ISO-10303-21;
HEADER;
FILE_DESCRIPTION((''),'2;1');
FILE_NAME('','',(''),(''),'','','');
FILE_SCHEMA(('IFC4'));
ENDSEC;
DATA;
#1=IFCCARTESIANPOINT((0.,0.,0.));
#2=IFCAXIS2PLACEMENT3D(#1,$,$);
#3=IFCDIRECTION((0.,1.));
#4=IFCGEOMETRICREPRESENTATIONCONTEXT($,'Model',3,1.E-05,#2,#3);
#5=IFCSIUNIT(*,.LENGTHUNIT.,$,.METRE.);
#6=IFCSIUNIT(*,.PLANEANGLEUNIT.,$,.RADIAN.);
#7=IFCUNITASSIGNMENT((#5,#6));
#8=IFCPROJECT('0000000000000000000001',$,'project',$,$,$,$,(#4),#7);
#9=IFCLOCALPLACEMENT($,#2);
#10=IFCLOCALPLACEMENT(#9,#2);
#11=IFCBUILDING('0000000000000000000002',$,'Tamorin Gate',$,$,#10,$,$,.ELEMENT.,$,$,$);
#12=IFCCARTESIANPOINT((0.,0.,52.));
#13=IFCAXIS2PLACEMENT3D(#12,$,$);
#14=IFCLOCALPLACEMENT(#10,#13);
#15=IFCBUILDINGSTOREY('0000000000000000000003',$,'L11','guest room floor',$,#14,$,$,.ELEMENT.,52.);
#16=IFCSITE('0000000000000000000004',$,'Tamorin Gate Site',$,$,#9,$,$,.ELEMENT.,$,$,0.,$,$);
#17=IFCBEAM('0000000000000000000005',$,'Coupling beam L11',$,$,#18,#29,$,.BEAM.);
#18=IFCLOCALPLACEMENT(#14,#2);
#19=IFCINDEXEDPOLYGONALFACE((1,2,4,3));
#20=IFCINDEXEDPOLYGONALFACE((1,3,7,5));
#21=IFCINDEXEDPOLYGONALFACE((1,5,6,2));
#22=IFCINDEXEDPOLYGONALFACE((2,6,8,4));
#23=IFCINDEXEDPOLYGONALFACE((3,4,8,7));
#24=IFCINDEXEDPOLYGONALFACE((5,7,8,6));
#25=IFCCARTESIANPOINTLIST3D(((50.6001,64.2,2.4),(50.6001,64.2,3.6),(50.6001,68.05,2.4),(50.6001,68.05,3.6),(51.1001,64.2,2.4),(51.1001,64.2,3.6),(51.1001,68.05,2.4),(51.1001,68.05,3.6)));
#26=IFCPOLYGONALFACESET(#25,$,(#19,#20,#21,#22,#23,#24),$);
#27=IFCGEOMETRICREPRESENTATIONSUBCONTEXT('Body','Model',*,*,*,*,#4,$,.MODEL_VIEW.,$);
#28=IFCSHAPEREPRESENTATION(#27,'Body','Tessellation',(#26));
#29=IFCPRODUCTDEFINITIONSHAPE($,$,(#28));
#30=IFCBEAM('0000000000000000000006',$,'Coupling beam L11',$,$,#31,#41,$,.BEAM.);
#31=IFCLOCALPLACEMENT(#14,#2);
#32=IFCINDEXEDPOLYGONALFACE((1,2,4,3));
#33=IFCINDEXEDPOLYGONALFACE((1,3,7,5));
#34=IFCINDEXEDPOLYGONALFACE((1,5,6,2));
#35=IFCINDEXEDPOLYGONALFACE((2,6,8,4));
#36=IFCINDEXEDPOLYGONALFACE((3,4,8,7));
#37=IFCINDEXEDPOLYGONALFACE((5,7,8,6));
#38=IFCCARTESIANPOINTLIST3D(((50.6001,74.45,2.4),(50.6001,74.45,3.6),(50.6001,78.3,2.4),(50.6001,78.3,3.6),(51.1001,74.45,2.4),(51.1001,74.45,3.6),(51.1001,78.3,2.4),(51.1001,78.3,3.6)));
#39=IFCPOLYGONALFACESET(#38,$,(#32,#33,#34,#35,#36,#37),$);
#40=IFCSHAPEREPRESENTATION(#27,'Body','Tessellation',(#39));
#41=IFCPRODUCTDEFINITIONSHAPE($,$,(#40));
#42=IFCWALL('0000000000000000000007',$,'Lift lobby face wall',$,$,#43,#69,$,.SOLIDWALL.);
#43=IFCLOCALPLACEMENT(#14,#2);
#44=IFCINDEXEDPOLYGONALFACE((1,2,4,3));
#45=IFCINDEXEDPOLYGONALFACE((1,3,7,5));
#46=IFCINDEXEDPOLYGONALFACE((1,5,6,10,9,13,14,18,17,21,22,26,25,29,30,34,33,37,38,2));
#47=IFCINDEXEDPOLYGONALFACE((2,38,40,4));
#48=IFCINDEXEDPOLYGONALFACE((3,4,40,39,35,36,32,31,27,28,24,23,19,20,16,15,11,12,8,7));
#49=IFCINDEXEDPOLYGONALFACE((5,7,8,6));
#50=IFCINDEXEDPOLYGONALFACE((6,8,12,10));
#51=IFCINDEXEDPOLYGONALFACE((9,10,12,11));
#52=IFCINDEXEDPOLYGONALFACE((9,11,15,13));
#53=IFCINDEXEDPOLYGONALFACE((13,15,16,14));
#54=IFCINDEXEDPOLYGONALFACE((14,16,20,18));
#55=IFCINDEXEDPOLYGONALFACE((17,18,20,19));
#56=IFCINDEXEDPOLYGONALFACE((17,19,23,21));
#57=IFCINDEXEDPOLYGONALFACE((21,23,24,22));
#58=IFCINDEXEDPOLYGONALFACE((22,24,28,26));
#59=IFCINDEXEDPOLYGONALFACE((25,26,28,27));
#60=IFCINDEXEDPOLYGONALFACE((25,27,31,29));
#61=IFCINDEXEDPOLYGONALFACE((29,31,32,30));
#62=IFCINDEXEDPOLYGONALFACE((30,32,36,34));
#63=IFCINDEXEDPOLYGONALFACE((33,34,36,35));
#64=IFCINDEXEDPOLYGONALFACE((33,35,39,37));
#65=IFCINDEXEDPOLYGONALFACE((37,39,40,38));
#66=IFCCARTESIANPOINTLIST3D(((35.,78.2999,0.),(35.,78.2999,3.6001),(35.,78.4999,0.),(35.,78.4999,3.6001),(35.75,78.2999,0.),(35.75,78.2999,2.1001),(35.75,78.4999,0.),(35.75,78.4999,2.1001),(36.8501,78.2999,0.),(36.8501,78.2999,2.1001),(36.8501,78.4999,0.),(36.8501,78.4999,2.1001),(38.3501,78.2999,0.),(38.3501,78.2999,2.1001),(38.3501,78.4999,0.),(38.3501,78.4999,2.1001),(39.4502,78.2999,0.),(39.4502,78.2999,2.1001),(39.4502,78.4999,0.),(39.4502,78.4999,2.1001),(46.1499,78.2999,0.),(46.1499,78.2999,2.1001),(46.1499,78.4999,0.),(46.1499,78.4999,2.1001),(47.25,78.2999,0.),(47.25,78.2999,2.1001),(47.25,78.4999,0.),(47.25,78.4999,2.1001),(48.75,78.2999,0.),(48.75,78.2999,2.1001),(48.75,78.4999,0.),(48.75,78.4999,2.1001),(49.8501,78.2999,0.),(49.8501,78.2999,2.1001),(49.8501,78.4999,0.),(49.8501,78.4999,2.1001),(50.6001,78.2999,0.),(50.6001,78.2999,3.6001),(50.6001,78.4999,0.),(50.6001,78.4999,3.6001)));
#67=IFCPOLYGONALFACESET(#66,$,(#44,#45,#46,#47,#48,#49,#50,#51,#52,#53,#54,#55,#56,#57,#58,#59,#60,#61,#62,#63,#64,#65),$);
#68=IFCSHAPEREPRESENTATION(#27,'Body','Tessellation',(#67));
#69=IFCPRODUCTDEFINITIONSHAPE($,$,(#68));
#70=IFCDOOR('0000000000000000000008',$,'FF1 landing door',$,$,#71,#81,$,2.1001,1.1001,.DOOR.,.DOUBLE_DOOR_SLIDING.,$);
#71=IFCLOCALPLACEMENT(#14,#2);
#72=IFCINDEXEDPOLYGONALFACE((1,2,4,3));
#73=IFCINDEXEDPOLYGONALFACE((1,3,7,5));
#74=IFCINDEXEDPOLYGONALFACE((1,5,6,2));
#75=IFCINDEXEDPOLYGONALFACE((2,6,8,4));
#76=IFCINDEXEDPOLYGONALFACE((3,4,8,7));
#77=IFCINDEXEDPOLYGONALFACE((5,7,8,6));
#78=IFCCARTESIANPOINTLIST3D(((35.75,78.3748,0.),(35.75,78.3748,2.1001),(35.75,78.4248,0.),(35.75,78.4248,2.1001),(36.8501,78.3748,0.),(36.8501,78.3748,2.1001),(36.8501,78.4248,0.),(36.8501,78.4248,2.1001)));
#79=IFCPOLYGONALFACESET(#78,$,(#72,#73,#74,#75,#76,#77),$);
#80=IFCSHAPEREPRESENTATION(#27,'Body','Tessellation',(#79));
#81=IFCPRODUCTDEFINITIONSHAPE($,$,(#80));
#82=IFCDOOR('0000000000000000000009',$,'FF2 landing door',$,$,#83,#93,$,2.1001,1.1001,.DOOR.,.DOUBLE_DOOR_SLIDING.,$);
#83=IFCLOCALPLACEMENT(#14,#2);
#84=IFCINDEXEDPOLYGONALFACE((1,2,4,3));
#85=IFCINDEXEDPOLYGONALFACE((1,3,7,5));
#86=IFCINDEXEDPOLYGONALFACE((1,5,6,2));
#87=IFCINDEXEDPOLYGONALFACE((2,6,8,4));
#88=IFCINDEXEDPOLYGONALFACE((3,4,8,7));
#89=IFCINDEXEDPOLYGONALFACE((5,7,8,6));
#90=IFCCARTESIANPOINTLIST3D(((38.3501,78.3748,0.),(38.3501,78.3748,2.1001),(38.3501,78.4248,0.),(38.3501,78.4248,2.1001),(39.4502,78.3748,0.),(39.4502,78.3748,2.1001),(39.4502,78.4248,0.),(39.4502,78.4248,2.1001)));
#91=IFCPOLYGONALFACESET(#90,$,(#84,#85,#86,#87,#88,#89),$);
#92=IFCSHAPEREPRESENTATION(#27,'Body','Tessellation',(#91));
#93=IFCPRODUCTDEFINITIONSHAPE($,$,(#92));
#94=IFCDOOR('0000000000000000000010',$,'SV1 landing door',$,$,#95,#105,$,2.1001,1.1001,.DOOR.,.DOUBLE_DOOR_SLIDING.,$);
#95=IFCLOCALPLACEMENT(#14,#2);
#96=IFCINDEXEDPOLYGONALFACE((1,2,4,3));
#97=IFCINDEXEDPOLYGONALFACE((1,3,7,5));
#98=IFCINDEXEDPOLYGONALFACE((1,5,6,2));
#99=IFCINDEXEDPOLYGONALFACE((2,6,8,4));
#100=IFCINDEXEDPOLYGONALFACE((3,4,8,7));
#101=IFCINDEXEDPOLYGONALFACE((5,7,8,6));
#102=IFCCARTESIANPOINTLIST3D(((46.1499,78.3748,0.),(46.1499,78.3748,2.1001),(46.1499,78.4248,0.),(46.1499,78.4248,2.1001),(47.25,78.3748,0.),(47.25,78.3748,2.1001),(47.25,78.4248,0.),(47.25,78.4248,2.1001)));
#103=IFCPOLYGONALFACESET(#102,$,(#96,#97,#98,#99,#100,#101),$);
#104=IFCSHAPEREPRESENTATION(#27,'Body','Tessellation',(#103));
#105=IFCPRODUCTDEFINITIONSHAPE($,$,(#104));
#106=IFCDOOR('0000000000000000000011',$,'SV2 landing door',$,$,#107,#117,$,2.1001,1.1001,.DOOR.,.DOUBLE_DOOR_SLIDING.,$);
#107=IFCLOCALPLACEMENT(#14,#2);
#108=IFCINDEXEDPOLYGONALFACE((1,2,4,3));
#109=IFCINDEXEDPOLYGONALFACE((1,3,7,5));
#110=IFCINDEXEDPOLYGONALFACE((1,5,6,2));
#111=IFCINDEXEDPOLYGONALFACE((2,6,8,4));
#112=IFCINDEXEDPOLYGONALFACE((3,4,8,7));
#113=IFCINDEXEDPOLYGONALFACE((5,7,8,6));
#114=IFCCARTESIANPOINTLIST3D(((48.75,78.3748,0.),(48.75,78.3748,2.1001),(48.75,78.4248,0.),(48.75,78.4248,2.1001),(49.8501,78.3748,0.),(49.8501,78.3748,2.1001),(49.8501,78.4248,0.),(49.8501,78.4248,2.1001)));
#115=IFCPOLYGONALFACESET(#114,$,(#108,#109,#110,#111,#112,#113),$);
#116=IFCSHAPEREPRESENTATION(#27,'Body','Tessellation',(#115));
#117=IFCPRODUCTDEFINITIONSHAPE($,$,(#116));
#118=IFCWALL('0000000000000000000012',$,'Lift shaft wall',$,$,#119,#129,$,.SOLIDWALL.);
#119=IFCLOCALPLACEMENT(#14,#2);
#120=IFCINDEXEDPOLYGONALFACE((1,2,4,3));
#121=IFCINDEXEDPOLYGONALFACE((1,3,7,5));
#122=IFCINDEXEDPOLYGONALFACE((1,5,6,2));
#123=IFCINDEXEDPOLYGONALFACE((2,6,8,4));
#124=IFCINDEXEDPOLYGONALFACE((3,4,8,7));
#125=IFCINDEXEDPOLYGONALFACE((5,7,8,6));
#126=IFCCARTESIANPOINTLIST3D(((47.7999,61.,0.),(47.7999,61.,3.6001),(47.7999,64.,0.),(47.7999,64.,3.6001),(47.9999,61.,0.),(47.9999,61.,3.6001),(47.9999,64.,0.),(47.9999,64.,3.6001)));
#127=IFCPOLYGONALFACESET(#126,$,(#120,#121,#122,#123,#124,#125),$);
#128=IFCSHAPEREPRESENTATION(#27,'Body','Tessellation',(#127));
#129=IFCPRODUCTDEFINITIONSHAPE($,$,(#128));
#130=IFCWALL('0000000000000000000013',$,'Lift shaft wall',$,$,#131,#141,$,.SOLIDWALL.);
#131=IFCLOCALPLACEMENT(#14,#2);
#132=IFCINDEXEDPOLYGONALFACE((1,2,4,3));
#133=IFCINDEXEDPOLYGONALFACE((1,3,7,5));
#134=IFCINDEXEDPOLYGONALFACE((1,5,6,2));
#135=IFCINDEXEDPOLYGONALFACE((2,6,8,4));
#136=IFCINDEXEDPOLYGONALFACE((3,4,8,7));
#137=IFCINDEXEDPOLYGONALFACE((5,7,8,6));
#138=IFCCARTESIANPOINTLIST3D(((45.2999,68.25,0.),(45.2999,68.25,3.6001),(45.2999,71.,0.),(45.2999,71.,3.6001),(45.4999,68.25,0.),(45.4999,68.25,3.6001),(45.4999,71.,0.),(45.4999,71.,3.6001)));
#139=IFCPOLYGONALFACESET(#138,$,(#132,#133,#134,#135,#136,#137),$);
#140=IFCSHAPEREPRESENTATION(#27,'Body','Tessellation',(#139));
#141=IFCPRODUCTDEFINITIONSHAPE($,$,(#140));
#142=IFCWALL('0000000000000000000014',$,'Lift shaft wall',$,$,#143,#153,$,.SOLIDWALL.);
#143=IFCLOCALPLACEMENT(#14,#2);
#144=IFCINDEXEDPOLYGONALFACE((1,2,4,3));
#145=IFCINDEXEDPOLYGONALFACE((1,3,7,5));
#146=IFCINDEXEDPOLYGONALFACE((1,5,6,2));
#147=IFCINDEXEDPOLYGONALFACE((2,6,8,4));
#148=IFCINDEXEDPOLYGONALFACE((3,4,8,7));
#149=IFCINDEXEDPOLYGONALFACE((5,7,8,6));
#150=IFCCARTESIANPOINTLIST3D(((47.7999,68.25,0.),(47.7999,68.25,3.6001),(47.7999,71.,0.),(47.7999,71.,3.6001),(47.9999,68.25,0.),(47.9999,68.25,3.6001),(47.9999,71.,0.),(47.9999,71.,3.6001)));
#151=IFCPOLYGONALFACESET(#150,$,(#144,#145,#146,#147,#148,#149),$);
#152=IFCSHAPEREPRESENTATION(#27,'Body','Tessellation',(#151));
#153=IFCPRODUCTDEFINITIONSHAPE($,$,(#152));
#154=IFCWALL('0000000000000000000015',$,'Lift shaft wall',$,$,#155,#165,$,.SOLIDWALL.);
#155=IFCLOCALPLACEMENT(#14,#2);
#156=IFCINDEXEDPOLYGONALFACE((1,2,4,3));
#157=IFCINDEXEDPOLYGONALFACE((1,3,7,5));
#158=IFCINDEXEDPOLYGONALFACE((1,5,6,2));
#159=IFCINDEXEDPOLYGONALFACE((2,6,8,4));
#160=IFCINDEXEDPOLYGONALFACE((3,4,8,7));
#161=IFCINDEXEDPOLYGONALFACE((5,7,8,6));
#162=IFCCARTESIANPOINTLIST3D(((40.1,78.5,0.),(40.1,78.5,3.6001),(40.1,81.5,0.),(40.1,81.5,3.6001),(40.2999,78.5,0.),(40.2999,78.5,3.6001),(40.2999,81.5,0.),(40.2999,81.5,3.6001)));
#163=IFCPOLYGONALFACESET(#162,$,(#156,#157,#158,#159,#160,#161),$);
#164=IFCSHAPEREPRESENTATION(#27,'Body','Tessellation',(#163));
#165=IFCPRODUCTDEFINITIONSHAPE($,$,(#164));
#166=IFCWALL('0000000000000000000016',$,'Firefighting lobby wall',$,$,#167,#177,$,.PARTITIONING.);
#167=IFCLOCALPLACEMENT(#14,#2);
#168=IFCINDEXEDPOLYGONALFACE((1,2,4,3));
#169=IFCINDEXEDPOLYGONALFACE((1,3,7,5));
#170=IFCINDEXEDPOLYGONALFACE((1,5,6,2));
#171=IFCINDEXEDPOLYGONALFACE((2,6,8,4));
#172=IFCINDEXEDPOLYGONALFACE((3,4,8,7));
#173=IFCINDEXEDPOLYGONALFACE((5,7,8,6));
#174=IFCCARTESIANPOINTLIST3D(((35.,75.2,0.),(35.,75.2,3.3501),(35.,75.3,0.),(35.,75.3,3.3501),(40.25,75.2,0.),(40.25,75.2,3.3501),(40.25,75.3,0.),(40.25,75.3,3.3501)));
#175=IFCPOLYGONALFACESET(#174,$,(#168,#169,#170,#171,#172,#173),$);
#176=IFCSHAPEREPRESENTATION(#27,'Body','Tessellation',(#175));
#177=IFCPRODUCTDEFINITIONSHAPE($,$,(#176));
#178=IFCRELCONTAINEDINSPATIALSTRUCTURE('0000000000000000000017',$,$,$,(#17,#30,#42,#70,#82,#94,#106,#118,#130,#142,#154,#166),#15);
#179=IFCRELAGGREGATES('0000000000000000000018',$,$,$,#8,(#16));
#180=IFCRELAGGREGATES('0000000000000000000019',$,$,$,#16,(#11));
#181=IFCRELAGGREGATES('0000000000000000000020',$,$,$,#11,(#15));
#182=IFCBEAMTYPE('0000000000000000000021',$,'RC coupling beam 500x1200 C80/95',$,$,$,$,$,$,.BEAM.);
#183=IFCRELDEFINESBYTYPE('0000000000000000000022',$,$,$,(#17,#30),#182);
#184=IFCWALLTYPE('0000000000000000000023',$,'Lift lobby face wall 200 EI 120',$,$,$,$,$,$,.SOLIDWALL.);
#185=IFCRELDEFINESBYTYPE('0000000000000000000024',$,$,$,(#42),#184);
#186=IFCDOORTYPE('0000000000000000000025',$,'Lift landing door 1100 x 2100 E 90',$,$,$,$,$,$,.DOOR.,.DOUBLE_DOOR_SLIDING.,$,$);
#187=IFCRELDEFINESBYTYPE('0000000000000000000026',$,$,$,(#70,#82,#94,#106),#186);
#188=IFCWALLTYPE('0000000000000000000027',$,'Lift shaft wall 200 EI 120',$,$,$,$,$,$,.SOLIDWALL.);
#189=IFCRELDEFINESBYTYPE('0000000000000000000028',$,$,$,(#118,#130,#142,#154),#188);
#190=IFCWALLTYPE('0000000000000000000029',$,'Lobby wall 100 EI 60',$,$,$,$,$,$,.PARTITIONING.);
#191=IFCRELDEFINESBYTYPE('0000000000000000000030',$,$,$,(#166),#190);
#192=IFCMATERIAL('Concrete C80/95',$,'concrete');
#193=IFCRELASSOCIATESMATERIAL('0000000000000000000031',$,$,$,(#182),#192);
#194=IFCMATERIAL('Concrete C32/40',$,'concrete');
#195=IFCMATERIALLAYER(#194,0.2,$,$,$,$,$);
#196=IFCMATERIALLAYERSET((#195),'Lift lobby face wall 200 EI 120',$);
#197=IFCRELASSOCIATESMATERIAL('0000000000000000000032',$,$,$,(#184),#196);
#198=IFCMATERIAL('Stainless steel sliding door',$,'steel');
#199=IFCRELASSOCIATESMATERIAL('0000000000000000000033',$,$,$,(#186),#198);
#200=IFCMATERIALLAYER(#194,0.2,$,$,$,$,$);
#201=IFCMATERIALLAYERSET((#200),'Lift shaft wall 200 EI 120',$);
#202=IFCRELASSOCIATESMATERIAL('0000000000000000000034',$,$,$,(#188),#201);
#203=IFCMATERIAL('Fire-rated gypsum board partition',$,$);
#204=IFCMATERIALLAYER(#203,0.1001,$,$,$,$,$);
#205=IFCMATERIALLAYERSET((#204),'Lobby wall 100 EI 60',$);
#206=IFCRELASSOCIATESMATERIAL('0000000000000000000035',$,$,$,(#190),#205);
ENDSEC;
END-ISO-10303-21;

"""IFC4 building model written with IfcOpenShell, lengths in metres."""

from ifc_helpers import new_model, si_unit, direction, frame, frame_2d, origin, origin_2d, place, context, subcontext, project, spatial, rectangle, extrude, material, layer, layer_set, material_profile, profile_set, type_object, element, fill, save


model = new_model("IFC4")

# Units and contexts
model_context = context("Model", 3, precision=1e-05, world=origin(), true_north=direction((0.0, 1.0)))
body_context = subcontext(model_context, "Body", "Model", "MODEL_VIEW")
ifc_project = project(units=[si_unit("LENGTHUNIT", "METRE"), si_unit("PLANEANGLEUNIT", "RADIAN")], contexts=[model_context])

# Site, building, storey
site_placement = place(None, origin())
site = spatial("IfcSite", under=ifc_project, at=site_placement, Name="Tamorin Gate Site", CompositionType="ELEMENT", RefElevation=0.0)
building_placement = place(site_placement, origin())
building = spatial("IfcBuilding", under=site, at=building_placement, Name="Tamorin Gate", CompositionType="ELEMENT")
storey_placement = place(building_placement, frame((0.0, 0.0, 52.0)))
storey = spatial("IfcBuildingStorey", under=building, at=storey_placement, Name="L11", Description="guest room floor", CompositionType="ELEMENT", Elevation=52.0)

# Beams
ifc_material_1 = material(Name="Concrete C80/95", Category="concrete")
ifc_material_profile = material_profile(ifc_material_1, rectangle(XDim=0.5, YDim=1.2, at=origin_2d()), Name="RC 500x1200")
ifc_profile_set = profile_set([ifc_material_profile], Name="Concrete C80/95")
beam_type = type_object("IfcBeamType", Name="RC coupling beam 500x1200 C80/95", PredefinedType="BEAM", material=ifc_profile_set)
for number, where, z_axis, x_axis, name in (
    (1, (50.8501, 64.2, 3.0), (0.0, 1.0, 0.0), (-1.0, 0.0, 0.0), "Coupling beam L11"),
    (2, (50.8501, 74.45, 3.0), (0.0, 1.0, 0.0), (-1.0, 0.0, 0.0), "Coupling beam L11"),
):
    element("IfcBeam", number, at=place(storey_placement, frame(where, z_axis=z_axis, x_axis=x_axis)), inside=storey, type_object=beam_type, Name=name, PredefinedType="BEAM", context=body_context, shape_type="SweptSolid", body=[
        extrude(rectangle(XDim=0.5, YDim=1.2, at=origin_2d()), origin(), (0.0, 0.0, 1.0), 3.8501),
    ])

# Wall, openings, doors
ifc_material_2 = material(Name="Concrete C32/40", Category="concrete")
ifc_layer_1 = layer(ifc_material_2, 0.2)
ifc_layer_set_1 = layer_set([ifc_layer_1], Name="Lift lobby face wall 200 EI 120")
wall_type_1 = type_object("IfcWallType", Name="Lift lobby face wall 200 EI 120", PredefinedType="SOLIDWALL", material=ifc_layer_set_1)
wall_1_placement = place(storey_placement, frame((35.0, 78.3999, 0.0), z_axis=(0.0, 0.0, 1.0), x_axis=(1.0, 0.0, 0.0)))
wall_1 = element("IfcWall", 3, at=wall_1_placement, inside=storey, type_object=wall_type_1, Name="Lift lobby face wall", PredefinedType="SOLIDWALL", context=body_context, shape_type="SweptSolid", body=[
    extrude(rectangle(XDim=15.6001, YDim=0.2, at=frame_2d((7.8, 0.0))), origin(), (0.0, 0.0, 1.0), 3.6001),
])
opening_1_placement = place(wall_1_placement, frame((0.75, 0.0, 0.0)))
opening_1 = element("IfcOpeningElement", 4, at=opening_1_placement, cuts=wall_1, PredefinedType="OPENING", context=body_context, shape_type="SweptSolid", body=[
    extrude(rectangle(XDim=1.1001, YDim=2.1001, at=frame_2d((0.55, 1.05))), frame((0.0, 0.1099, 0.0), z_axis=(0.0, -1.0, 0.0), x_axis=(1.0, 0.0, 0.0)), (0.0, 0.0, 1.0), 0.22),
])
opening_2_placement = place(wall_1_placement, frame((3.3501, 0.0, 0.0)))
opening_2 = element("IfcOpeningElement", 5, at=opening_2_placement, cuts=wall_1, PredefinedType="OPENING", context=body_context, shape_type="SweptSolid", body=[
    extrude(rectangle(XDim=1.1001, YDim=2.1001, at=frame_2d((0.55, 1.05))), frame((0.0, 0.1099, 0.0), z_axis=(0.0, -1.0, 0.0), x_axis=(1.0, 0.0, 0.0)), (0.0, 0.0, 1.0), 0.22),
])
opening_3_placement = place(wall_1_placement, frame((11.1499, 0.0, 0.0)))
opening_3 = element("IfcOpeningElement", 6, at=opening_3_placement, cuts=wall_1, PredefinedType="OPENING", context=body_context, shape_type="SweptSolid", body=[
    extrude(rectangle(XDim=1.1001, YDim=2.1001, at=frame_2d((0.55, 1.05))), frame((0.0, 0.1099, 0.0), z_axis=(0.0, -1.0, 0.0), x_axis=(1.0, 0.0, 0.0)), (0.0, 0.0, 1.0), 0.22),
])
opening_4_placement = place(wall_1_placement, frame((13.75, 0.0, 0.0)))
opening_4 = element("IfcOpeningElement", 7, at=opening_4_placement, cuts=wall_1, PredefinedType="OPENING", context=body_context, shape_type="SweptSolid", body=[
    extrude(rectangle(XDim=1.1001, YDim=2.1001, at=frame_2d((0.55, 1.05))), frame((0.0, 0.1099, 0.0), z_axis=(0.0, -1.0, 0.0), x_axis=(1.0, 0.0, 0.0)), (0.0, 0.0, 1.0), 0.22),
])
ifc_material_3 = material(Name="Stainless steel sliding door", Category="steel")
door_type_1 = type_object("IfcDoorType", Name="Lift landing door 1100 x 2100 E 90", OperationType="DOUBLE_DOOR_SLIDING", PredefinedType="DOOR", material=ifc_material_3)
door_1_placement = place(opening_1_placement, origin())
door_1 = element("IfcDoor", 8, at=door_1_placement, inside=storey, type_object=door_type_1, Name="FF1 landing door", OperationType="DOUBLE_DOOR_SLIDING", OverallHeight=2.1001, OverallWidth=1.1001, PredefinedType="DOOR", context=body_context, shape_type="SweptSolid", body=[
    extrude(rectangle(XDim=1.1001, YDim=2.1001, at=frame_2d((0.55, 1.05))), frame((0.0, 0.0249, 0.0), z_axis=(0.0, -1.0, 0.0), x_axis=(1.0, 0.0, 0.0)), (0.0, 0.0, 1.0), 0.05),
])
fill(opening_1, door_1)
door_2_placement = place(opening_2_placement, origin())
door_2 = element("IfcDoor", 9, at=door_2_placement, inside=storey, type_object=door_type_1, Name="FF2 landing door", OperationType="DOUBLE_DOOR_SLIDING", OverallHeight=2.1001, OverallWidth=1.1001, PredefinedType="DOOR", context=body_context, shape_type="SweptSolid", body=[
    extrude(rectangle(XDim=1.1001, YDim=2.1001, at=frame_2d((0.55, 1.05))), frame((0.0, 0.0249, 0.0), z_axis=(0.0, -1.0, 0.0), x_axis=(1.0, 0.0, 0.0)), (0.0, 0.0, 1.0), 0.05),
])
fill(opening_2, door_2)
door_3_placement = place(opening_3_placement, origin())
door_3 = element("IfcDoor", 10, at=door_3_placement, inside=storey, type_object=door_type_1, Name="SV1 landing door", OperationType="DOUBLE_DOOR_SLIDING", OverallHeight=2.1001, OverallWidth=1.1001, PredefinedType="DOOR", context=body_context, shape_type="SweptSolid", body=[
    extrude(rectangle(XDim=1.1001, YDim=2.1001, at=frame_2d((0.55, 1.05))), frame((0.0, 0.0249, 0.0), z_axis=(0.0, -1.0, 0.0), x_axis=(1.0, 0.0, 0.0)), (0.0, 0.0, 1.0), 0.05),
])
fill(opening_3, door_3)
door_4_placement = place(opening_4_placement, origin())
door_4 = element("IfcDoor", 11, at=door_4_placement, inside=storey, type_object=door_type_1, Name="SV2 landing door", OperationType="DOUBLE_DOOR_SLIDING", OverallHeight=2.1001, OverallWidth=1.1001, PredefinedType="DOOR", context=body_context, shape_type="SweptSolid", body=[
    extrude(rectangle(XDim=1.1001, YDim=2.1001, at=frame_2d((0.55, 1.05))), frame((0.0, 0.0249, 0.0), z_axis=(0.0, -1.0, 0.0), x_axis=(1.0, 0.0, 0.0)), (0.0, 0.0, 1.0), 0.05),
])
fill(opening_4, door_4)

# Walls
ifc_layer_2 = layer(ifc_material_2, 0.2)
ifc_layer_set_2 = layer_set([ifc_layer_2], Name="Lift shaft wall 200 EI 120")
wall_type_2 = type_object("IfcWallType", Name="Lift shaft wall 200 EI 120", PredefinedType="SOLIDWALL", material=ifc_layer_set_2)
wall_2_placement = place(storey_placement, frame((47.8999, 61.0, 0.0), z_axis=(0.0, 0.0, 1.0), x_axis=(0.0, 1.0, 0.0)))
element("IfcWall", 12, at=wall_2_placement, inside=storey, type_object=wall_type_2, Name="Lift shaft wall", PredefinedType="SOLIDWALL", context=body_context, shape_type="SweptSolid", body=[
    extrude(rectangle(XDim=3.0, YDim=0.2, at=frame_2d((1.5, 0.0))), origin(), (0.0, 0.0, 1.0), 3.6001),
])
for number, where, z_axis, x_axis, name in (
    (13, (45.3999, 68.25, 0.0), (0.0, 0.0, 1.0), (0.0, 1.0, 0.0), "Lift shaft wall"),
    (14, (47.8999, 68.25, 0.0), (0.0, 0.0, 1.0), (0.0, 1.0, 0.0), "Lift shaft wall"),
):
    element("IfcWall", number, at=place(storey_placement, frame(where, z_axis=z_axis, x_axis=x_axis)), inside=storey, type_object=wall_type_2, Name=name, PredefinedType="SOLIDWALL", context=body_context, shape_type="SweptSolid", body=[
        extrude(rectangle(XDim=2.75, YDim=0.2, at=frame_2d((1.375, 0.0))), origin(), (0.0, 0.0, 1.0), 3.6001),
    ])
wall_3_placement = place(storey_placement, frame((40.2, 78.5, 0.0), z_axis=(0.0, 0.0, 1.0), x_axis=(0.0, 1.0, 0.0)))
element("IfcWall", 15, at=wall_3_placement, inside=storey, type_object=wall_type_2, Name="Lift shaft wall", PredefinedType="SOLIDWALL", context=body_context, shape_type="SweptSolid", body=[
    extrude(rectangle(XDim=3.0, YDim=0.2, at=frame_2d((1.5, 0.0))), origin(), (0.0, 0.0, 1.0), 3.6001),
])
ifc_material_4 = material(Name="Fire-rated gypsum board partition")
ifc_layer_3 = layer(ifc_material_4, 0.1001)
ifc_layer_set_3 = layer_set([ifc_layer_3], Name="Lobby wall 100 EI 60")
wall_type_3 = type_object("IfcWallType", Name="Lobby wall 100 EI 60", PredefinedType="PARTITIONING", material=ifc_layer_set_3)
wall_4_placement = place(storey_placement, frame((35.0, 75.25, 0.0), z_axis=(0.0, 0.0, 1.0), x_axis=(1.0, 0.0, 0.0)))
element("IfcWall", 16, at=wall_4_placement, inside=storey, type_object=wall_type_3, Name="Firefighting lobby wall", PredefinedType="PARTITIONING", context=body_context, shape_type="SweptSolid", body=[
    extrude(rectangle(XDim=5.25, YDim=0.1001, at=frame_2d((2.625, 0.0))), origin(), (0.0, 0.0, 1.0), 3.3501),
])

save(model, "model.ifc")
